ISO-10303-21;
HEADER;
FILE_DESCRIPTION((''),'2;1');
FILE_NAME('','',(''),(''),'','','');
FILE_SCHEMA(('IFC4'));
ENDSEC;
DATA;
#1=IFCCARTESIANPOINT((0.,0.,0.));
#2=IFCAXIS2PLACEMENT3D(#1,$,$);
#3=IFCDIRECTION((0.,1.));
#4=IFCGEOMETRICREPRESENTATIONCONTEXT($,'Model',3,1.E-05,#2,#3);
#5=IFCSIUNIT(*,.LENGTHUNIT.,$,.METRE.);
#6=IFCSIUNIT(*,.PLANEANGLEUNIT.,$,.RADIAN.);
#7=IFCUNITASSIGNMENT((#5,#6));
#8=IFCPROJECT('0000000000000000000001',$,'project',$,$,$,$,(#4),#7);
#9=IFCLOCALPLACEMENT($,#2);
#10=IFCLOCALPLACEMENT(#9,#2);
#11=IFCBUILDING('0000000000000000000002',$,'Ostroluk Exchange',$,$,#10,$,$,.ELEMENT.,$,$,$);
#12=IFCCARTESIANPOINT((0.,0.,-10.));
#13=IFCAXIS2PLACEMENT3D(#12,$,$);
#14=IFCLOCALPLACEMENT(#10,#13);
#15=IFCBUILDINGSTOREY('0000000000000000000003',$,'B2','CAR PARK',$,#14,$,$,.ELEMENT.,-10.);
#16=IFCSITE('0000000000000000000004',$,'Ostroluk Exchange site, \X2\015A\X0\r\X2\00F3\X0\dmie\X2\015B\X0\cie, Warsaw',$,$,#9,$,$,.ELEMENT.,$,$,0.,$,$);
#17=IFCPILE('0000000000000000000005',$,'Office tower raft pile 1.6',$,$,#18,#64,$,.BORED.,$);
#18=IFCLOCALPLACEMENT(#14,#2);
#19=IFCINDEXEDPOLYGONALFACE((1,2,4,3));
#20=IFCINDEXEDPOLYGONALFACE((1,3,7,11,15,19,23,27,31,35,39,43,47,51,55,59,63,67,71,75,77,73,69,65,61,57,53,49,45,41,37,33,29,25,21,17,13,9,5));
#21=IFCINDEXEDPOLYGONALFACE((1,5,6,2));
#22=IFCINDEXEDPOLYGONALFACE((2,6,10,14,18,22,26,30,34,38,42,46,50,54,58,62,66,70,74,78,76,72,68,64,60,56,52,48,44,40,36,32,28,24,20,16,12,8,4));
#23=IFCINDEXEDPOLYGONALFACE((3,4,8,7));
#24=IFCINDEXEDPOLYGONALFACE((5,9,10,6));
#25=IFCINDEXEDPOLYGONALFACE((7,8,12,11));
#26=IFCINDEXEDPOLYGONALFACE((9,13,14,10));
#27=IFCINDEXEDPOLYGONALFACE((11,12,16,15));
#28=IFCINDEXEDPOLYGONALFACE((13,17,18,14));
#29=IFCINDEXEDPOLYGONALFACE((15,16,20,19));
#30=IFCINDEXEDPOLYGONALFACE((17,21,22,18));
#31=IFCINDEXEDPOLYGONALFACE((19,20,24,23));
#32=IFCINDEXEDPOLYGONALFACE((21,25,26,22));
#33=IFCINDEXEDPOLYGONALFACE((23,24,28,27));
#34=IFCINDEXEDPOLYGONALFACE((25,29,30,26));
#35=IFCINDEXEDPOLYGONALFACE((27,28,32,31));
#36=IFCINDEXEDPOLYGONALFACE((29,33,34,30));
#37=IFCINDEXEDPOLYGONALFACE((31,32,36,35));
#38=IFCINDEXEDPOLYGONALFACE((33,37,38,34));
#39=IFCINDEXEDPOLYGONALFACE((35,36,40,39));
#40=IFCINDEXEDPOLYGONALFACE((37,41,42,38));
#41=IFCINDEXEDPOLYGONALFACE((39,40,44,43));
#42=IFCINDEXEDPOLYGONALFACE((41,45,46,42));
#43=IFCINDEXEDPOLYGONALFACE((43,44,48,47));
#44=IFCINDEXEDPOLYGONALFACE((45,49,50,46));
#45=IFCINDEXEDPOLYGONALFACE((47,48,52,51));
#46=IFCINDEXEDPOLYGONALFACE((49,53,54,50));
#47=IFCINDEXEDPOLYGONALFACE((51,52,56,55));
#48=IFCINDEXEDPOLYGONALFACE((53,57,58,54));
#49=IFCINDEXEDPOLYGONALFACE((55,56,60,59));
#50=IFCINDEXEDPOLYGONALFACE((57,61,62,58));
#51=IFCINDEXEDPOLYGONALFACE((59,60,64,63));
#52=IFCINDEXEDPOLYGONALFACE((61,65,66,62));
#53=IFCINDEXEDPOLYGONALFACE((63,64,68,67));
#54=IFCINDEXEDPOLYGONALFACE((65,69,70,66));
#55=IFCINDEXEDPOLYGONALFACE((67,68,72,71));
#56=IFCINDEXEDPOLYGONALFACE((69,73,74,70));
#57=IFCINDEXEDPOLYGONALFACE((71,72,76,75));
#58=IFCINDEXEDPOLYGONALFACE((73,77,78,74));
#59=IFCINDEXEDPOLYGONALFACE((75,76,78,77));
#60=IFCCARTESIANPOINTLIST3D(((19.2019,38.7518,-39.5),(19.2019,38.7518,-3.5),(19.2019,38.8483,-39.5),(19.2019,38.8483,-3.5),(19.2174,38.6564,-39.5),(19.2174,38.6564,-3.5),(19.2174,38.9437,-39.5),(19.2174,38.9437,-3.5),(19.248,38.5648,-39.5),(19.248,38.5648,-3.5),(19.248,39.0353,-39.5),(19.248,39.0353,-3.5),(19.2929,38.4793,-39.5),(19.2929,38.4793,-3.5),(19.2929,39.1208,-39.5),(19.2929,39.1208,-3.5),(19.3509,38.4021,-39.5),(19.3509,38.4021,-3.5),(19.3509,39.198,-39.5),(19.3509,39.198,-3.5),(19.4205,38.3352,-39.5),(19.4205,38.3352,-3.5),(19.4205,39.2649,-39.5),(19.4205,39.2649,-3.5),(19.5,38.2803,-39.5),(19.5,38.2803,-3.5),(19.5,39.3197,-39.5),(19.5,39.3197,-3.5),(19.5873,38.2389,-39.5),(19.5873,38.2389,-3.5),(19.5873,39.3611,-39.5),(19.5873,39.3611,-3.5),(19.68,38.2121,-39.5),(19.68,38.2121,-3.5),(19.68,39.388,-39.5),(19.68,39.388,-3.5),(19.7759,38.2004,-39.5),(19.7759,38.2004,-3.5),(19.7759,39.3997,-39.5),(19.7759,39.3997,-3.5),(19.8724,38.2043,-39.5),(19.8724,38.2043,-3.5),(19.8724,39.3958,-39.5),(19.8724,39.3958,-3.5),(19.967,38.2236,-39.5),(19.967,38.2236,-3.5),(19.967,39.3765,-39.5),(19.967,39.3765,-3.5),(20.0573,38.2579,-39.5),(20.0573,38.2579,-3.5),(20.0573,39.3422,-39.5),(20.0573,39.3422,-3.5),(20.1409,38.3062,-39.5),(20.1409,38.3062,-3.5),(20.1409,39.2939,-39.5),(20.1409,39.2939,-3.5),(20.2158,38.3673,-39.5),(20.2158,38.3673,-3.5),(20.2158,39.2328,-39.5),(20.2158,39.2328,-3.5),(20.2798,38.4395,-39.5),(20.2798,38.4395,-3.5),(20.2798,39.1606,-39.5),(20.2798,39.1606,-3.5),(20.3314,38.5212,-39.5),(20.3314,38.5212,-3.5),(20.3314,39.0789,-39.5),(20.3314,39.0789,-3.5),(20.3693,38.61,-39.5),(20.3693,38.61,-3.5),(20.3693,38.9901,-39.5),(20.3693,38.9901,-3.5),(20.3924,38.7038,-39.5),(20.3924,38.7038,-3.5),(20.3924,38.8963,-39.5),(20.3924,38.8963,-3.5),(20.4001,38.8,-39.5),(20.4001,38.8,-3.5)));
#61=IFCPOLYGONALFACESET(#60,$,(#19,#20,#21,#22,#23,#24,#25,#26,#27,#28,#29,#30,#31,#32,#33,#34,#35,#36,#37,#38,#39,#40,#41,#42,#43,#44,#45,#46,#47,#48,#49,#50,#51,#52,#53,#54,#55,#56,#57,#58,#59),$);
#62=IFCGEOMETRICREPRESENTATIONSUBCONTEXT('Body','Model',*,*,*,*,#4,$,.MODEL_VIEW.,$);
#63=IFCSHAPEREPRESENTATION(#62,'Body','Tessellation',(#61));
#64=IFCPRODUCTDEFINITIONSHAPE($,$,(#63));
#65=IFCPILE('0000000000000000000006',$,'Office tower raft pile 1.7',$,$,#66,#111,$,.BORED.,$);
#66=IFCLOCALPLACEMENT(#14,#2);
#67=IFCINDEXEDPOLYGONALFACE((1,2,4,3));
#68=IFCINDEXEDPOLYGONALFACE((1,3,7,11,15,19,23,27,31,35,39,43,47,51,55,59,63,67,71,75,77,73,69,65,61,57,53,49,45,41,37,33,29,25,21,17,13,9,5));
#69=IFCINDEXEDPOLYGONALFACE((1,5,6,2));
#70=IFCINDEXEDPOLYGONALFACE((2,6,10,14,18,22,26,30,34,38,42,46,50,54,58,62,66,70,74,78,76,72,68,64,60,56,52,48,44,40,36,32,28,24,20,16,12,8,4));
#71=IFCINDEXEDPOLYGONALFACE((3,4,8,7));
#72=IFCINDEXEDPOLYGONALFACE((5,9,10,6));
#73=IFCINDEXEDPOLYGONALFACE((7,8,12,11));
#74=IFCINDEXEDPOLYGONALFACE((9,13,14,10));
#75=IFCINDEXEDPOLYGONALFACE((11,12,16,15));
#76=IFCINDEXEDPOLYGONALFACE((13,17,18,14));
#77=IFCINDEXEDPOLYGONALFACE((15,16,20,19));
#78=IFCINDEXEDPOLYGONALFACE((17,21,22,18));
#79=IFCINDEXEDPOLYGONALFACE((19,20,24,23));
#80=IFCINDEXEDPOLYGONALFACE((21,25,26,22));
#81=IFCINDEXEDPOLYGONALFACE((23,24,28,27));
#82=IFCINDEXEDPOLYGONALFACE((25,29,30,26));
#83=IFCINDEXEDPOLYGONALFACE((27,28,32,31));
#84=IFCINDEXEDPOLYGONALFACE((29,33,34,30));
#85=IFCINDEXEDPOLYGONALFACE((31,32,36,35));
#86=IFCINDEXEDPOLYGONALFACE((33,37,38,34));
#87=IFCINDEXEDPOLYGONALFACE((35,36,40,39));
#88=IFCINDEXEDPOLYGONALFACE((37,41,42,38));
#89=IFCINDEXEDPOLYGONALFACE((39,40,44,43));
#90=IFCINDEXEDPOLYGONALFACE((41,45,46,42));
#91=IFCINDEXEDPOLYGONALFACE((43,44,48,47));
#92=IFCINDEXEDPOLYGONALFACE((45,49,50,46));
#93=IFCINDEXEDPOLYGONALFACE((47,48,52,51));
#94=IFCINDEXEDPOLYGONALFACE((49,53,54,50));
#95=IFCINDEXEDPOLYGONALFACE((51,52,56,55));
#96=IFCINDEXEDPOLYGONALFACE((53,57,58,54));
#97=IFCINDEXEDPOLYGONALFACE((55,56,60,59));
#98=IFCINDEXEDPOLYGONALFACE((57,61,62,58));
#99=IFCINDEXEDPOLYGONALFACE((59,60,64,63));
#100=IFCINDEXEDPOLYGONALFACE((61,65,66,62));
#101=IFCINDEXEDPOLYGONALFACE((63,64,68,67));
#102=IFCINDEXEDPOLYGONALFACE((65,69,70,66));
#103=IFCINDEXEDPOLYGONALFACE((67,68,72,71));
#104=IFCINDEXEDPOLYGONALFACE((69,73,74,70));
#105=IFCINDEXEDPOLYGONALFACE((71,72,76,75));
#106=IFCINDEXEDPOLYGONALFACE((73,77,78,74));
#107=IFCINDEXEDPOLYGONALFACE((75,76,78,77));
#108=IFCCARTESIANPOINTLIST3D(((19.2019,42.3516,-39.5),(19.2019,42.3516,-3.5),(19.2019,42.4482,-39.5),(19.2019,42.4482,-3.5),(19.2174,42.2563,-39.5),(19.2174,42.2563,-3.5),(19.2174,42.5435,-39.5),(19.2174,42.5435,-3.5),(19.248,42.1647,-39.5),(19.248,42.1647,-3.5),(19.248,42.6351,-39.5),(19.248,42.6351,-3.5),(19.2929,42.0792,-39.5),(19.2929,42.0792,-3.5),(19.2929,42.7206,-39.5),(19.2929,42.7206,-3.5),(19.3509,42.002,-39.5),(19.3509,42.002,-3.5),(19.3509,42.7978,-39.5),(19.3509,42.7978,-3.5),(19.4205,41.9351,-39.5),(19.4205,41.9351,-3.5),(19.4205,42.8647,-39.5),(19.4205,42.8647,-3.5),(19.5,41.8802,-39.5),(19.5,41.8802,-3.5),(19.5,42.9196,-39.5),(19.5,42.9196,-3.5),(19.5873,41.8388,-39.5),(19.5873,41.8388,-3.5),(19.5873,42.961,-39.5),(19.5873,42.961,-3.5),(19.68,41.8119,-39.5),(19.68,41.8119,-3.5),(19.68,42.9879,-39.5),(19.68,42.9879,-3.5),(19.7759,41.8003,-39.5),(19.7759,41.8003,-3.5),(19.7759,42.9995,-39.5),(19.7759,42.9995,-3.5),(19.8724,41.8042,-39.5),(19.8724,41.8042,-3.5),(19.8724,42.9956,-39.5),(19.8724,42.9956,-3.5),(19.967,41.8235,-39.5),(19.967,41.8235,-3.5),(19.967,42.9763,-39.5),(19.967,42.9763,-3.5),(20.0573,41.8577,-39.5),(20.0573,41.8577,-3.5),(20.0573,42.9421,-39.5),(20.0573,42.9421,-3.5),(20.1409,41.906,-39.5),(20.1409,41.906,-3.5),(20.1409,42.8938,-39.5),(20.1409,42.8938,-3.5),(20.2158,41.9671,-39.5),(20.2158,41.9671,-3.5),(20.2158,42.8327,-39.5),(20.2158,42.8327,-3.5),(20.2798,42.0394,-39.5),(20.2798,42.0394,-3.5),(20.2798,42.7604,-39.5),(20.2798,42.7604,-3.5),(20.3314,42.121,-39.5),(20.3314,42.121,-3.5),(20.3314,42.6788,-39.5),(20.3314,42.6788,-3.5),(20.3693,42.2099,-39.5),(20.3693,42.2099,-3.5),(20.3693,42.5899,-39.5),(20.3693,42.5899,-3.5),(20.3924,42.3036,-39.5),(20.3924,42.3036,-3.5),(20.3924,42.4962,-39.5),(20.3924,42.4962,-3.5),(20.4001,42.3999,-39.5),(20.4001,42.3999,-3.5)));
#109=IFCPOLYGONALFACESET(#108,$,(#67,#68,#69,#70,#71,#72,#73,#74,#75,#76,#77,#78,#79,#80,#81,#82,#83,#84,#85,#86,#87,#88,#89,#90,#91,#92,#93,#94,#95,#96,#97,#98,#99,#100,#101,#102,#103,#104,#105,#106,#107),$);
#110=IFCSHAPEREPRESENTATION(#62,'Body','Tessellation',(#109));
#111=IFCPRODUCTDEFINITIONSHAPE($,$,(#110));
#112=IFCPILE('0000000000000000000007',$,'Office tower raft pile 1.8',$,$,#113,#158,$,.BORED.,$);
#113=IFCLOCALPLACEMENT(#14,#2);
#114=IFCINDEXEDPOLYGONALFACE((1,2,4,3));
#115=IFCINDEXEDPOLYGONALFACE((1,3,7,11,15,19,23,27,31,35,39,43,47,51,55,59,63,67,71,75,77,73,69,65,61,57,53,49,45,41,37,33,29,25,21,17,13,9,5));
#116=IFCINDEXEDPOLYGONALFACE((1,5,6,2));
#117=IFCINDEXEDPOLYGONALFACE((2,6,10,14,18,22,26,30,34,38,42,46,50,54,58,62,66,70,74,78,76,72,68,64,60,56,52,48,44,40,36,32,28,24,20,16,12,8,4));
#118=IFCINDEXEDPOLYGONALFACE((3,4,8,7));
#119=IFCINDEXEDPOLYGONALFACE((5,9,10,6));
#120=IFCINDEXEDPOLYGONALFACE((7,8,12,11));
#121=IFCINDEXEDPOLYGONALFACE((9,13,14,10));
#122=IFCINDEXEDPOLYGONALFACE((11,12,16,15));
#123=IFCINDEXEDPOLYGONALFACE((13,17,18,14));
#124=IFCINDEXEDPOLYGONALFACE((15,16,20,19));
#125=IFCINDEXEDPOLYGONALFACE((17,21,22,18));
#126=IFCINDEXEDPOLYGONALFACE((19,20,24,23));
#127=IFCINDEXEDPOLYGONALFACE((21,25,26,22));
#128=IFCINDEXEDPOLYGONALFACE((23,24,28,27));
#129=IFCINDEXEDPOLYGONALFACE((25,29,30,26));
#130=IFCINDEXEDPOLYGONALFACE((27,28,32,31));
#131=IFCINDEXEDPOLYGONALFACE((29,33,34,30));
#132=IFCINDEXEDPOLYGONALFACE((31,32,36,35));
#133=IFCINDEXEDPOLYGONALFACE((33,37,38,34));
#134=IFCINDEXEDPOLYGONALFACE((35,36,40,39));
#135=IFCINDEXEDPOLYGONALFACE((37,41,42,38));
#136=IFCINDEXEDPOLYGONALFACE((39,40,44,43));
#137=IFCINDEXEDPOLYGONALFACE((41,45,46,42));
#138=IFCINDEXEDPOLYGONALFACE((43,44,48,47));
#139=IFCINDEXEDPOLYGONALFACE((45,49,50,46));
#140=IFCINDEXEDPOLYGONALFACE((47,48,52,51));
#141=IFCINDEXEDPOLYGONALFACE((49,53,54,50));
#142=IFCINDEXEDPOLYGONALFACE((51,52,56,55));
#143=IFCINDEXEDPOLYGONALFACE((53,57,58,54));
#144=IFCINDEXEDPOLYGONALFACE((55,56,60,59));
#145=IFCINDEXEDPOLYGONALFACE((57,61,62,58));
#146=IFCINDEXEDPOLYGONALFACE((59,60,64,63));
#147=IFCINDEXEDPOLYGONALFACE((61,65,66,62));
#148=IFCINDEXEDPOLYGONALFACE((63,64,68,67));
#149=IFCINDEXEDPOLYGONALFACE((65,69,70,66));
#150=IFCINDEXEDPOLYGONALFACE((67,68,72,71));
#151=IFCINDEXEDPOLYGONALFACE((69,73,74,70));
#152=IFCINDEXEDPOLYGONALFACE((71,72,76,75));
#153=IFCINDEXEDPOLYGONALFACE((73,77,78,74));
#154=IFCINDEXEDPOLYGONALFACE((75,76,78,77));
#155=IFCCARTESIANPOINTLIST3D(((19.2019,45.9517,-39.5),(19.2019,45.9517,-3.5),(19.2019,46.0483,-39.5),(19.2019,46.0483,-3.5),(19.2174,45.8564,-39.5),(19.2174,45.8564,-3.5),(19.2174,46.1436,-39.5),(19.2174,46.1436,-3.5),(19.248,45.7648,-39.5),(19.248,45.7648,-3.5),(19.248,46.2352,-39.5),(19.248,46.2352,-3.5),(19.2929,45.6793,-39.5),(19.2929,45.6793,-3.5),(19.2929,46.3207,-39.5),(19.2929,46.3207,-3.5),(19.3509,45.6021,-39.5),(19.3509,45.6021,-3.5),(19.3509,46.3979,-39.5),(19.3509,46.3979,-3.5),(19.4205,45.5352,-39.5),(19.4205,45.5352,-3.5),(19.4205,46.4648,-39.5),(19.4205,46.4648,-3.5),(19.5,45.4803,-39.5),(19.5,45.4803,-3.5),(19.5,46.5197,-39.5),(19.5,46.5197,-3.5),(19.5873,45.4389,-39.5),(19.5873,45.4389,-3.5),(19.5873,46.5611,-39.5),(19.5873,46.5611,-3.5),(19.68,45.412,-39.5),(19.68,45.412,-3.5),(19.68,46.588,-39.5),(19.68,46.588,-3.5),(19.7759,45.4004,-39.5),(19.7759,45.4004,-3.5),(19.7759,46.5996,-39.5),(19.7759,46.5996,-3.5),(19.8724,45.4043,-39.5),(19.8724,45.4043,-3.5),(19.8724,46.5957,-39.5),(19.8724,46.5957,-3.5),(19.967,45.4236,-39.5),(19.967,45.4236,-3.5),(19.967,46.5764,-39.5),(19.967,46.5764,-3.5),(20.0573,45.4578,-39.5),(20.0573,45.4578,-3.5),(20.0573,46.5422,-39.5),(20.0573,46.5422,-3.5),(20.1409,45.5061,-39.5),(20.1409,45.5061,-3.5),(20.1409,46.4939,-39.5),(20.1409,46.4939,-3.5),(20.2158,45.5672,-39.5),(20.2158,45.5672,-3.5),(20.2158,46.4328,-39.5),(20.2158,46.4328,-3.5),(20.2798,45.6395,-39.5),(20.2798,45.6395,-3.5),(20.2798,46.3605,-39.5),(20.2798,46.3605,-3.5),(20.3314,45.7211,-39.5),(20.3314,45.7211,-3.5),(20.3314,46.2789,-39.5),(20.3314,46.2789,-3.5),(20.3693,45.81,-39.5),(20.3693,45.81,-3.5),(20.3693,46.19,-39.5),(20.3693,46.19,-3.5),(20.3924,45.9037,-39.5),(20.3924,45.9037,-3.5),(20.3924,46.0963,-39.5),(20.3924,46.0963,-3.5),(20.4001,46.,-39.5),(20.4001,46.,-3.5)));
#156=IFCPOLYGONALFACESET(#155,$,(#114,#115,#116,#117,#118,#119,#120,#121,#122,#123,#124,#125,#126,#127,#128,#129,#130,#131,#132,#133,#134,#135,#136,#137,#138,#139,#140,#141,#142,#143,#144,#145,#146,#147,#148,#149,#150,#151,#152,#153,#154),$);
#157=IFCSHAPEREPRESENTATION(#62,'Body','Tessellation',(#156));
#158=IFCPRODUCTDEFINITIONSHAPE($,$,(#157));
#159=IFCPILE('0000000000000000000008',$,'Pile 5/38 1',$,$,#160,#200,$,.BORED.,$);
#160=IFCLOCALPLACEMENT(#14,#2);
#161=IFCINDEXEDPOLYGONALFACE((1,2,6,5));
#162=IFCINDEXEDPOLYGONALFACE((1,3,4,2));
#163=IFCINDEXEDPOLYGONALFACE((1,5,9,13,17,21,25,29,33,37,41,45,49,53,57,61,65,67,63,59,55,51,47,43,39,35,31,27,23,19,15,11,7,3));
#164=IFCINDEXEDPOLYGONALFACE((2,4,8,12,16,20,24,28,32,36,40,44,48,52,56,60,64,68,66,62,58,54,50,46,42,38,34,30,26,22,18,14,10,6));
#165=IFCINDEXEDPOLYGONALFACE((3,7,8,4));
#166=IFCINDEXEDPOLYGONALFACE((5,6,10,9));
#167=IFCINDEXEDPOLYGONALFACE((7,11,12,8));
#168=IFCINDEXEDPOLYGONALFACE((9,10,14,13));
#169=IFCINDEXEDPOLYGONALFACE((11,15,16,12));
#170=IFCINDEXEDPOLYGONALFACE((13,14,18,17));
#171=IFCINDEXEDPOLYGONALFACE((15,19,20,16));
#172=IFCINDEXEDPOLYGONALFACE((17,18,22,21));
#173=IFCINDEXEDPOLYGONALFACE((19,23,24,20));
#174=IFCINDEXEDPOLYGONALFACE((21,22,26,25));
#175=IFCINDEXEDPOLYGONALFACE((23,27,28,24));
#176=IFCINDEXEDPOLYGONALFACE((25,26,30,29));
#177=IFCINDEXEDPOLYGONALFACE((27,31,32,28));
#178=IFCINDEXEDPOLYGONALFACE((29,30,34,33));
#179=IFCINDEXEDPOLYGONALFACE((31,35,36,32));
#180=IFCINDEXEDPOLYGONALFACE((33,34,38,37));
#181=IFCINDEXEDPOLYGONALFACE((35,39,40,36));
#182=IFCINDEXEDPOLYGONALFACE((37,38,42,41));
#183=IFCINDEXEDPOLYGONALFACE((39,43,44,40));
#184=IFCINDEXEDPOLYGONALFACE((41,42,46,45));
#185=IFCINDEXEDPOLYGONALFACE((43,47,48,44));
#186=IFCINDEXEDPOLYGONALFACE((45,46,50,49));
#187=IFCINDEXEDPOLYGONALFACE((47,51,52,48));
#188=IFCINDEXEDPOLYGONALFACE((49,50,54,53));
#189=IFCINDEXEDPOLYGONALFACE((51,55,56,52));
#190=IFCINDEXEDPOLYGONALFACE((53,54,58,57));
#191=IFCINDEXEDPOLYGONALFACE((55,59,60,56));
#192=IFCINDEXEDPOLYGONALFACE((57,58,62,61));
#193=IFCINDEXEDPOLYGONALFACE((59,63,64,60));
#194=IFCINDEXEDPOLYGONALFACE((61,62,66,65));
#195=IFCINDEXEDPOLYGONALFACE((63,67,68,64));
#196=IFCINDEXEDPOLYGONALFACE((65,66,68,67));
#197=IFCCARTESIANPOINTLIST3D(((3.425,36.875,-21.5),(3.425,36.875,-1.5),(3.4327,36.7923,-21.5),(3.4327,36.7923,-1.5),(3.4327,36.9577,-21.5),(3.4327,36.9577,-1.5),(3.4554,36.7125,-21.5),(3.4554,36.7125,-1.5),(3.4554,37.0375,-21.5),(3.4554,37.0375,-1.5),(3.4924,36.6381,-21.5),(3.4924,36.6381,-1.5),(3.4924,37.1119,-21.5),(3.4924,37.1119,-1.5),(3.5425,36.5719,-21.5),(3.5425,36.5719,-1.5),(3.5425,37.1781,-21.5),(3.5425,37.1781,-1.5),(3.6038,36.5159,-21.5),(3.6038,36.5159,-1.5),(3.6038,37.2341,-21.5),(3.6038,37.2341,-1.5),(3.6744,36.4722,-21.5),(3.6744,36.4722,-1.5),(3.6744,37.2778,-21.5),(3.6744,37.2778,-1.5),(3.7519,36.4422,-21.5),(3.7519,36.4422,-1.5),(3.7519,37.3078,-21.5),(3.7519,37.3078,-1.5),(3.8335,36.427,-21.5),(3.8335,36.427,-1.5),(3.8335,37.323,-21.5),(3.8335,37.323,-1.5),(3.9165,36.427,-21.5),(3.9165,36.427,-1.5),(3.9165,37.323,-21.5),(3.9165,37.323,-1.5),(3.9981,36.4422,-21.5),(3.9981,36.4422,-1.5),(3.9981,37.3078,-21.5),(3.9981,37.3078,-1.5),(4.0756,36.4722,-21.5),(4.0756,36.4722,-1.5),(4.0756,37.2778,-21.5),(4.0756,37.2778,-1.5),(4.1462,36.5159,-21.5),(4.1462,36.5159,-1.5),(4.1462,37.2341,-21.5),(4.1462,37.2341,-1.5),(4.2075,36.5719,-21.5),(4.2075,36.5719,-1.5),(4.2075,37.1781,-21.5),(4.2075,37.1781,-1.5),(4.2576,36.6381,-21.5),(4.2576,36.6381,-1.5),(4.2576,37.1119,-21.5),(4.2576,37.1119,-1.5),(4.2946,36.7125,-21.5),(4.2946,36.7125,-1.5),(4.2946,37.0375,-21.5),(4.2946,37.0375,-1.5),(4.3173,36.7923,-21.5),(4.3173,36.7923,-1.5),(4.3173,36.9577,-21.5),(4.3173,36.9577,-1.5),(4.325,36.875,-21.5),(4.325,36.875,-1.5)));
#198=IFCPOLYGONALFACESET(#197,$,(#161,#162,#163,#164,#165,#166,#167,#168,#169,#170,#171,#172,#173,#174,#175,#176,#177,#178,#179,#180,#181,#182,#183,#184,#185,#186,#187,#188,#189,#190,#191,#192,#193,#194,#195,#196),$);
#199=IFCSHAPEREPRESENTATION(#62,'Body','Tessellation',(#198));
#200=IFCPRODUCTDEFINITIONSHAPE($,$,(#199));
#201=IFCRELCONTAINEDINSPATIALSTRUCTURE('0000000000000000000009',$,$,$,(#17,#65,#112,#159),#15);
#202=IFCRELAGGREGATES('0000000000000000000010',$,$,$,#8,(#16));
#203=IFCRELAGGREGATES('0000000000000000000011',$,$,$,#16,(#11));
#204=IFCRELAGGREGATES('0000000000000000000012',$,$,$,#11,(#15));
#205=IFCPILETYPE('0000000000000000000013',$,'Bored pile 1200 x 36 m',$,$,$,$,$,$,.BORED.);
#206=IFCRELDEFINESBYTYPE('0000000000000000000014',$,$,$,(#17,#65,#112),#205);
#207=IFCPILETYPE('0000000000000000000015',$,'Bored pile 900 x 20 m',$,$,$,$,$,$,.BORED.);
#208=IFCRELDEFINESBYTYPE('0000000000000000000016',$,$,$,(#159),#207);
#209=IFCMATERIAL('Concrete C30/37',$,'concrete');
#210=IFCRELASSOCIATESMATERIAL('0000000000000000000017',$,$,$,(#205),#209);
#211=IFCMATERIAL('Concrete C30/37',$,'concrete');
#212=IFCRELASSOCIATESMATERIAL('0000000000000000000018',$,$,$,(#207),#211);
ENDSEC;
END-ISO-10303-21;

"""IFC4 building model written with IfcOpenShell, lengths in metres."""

from ifc_helpers import new_model, si_unit, direction, frame, origin, origin_2d, place, context, subcontext, project, spatial, circle, extrude, material, type_object, element, save


model = new_model("IFC4")

# Units and contexts
model_context = context("Model", 3, precision=1e-05, world=origin(), true_north=direction((0.0, 1.0)))
body_context = subcontext(model_context, "Body", "Model", "MODEL_VIEW")
ifc_project = project(units=[si_unit("LENGTHUNIT", "METRE"), si_unit("PLANEANGLEUNIT", "RADIAN")], contexts=[model_context])

# Site, building, storey
site_placement = place(None, origin())
site = spatial("IfcSite", under=ifc_project, at=site_placement, Name="Ostroluk Exchange site, Śródmieście, Warsaw", CompositionType="ELEMENT", RefElevation=0.0)
building_placement = place(site_placement, origin())
building = spatial("IfcBuilding", under=site, at=building_placement, Name="Ostroluk Exchange", CompositionType="ELEMENT")
storey_placement = place(building_placement, frame((0.0, 0.0, -10.0)))
storey = spatial("IfcBuildingStorey", under=building, at=storey_placement, Name="B2", Description="CAR PARK", CompositionType="ELEMENT", Elevation=-10.0)

# Piles
ifc_material_1 = material(Name="Concrete C30/37", Category="concrete")
pile_type_1 = type_object("IfcPileType", Name="Bored pile 1200 x 36 m", PredefinedType="BORED", material=ifc_material_1)
for number, where, z_axis, x_axis, name in (
    (1, (19.8, 38.8, -3.5), (0.0, 0.0, -1.0), (1.0, 0.0, 0.0), "Office tower raft pile 1.6"),
    (2, (19.8, 42.3999, -3.5), (0.0, 0.0, -1.0), (1.0, 0.0, 0.0), "Office tower raft pile 1.7"),
    (3, (19.8, 46.0, -3.5), (0.0, 0.0, -1.0), (1.0, 0.0, 0.0), "Office tower raft pile 1.8"),
):
    element("IfcPile", number, at=place(storey_placement, frame(where, z_axis=z_axis, x_axis=x_axis)), inside=storey, type_object=pile_type_1, Name=name, PredefinedType="BORED", context=body_context, shape_type="SweptSolid", body=[
        extrude(circle(Radius=0.6001, at=origin_2d()), origin(), (0.0, 0.0, 1.0), 36.0),
    ])
ifc_material_2 = material(Name="Concrete C30/37", Category="concrete")
pile_type_2 = type_object("IfcPileType", Name="Bored pile 900 x 20 m", PredefinedType="BORED", material=ifc_material_2)
for number, where, z_axis, x_axis, name in (
    (4, (3.875, 36.875, -1.5), (0.0, 0.0, -1.0), (1.0, 0.0, 0.0), "Pile 5/38 1"),
):
    element("IfcPile", number, at=place(storey_placement, frame(where, z_axis=z_axis, x_axis=x_axis)), inside=storey, type_object=pile_type_2, Name=name, PredefinedType="BORED", context=body_context, shape_type="SweptSolid", body=[
        extrude(circle(Radius=0.45, at=origin_2d()), origin(), (0.0, 0.0, 1.0), 20.0),
    ])

save(model, "model.ifc")
